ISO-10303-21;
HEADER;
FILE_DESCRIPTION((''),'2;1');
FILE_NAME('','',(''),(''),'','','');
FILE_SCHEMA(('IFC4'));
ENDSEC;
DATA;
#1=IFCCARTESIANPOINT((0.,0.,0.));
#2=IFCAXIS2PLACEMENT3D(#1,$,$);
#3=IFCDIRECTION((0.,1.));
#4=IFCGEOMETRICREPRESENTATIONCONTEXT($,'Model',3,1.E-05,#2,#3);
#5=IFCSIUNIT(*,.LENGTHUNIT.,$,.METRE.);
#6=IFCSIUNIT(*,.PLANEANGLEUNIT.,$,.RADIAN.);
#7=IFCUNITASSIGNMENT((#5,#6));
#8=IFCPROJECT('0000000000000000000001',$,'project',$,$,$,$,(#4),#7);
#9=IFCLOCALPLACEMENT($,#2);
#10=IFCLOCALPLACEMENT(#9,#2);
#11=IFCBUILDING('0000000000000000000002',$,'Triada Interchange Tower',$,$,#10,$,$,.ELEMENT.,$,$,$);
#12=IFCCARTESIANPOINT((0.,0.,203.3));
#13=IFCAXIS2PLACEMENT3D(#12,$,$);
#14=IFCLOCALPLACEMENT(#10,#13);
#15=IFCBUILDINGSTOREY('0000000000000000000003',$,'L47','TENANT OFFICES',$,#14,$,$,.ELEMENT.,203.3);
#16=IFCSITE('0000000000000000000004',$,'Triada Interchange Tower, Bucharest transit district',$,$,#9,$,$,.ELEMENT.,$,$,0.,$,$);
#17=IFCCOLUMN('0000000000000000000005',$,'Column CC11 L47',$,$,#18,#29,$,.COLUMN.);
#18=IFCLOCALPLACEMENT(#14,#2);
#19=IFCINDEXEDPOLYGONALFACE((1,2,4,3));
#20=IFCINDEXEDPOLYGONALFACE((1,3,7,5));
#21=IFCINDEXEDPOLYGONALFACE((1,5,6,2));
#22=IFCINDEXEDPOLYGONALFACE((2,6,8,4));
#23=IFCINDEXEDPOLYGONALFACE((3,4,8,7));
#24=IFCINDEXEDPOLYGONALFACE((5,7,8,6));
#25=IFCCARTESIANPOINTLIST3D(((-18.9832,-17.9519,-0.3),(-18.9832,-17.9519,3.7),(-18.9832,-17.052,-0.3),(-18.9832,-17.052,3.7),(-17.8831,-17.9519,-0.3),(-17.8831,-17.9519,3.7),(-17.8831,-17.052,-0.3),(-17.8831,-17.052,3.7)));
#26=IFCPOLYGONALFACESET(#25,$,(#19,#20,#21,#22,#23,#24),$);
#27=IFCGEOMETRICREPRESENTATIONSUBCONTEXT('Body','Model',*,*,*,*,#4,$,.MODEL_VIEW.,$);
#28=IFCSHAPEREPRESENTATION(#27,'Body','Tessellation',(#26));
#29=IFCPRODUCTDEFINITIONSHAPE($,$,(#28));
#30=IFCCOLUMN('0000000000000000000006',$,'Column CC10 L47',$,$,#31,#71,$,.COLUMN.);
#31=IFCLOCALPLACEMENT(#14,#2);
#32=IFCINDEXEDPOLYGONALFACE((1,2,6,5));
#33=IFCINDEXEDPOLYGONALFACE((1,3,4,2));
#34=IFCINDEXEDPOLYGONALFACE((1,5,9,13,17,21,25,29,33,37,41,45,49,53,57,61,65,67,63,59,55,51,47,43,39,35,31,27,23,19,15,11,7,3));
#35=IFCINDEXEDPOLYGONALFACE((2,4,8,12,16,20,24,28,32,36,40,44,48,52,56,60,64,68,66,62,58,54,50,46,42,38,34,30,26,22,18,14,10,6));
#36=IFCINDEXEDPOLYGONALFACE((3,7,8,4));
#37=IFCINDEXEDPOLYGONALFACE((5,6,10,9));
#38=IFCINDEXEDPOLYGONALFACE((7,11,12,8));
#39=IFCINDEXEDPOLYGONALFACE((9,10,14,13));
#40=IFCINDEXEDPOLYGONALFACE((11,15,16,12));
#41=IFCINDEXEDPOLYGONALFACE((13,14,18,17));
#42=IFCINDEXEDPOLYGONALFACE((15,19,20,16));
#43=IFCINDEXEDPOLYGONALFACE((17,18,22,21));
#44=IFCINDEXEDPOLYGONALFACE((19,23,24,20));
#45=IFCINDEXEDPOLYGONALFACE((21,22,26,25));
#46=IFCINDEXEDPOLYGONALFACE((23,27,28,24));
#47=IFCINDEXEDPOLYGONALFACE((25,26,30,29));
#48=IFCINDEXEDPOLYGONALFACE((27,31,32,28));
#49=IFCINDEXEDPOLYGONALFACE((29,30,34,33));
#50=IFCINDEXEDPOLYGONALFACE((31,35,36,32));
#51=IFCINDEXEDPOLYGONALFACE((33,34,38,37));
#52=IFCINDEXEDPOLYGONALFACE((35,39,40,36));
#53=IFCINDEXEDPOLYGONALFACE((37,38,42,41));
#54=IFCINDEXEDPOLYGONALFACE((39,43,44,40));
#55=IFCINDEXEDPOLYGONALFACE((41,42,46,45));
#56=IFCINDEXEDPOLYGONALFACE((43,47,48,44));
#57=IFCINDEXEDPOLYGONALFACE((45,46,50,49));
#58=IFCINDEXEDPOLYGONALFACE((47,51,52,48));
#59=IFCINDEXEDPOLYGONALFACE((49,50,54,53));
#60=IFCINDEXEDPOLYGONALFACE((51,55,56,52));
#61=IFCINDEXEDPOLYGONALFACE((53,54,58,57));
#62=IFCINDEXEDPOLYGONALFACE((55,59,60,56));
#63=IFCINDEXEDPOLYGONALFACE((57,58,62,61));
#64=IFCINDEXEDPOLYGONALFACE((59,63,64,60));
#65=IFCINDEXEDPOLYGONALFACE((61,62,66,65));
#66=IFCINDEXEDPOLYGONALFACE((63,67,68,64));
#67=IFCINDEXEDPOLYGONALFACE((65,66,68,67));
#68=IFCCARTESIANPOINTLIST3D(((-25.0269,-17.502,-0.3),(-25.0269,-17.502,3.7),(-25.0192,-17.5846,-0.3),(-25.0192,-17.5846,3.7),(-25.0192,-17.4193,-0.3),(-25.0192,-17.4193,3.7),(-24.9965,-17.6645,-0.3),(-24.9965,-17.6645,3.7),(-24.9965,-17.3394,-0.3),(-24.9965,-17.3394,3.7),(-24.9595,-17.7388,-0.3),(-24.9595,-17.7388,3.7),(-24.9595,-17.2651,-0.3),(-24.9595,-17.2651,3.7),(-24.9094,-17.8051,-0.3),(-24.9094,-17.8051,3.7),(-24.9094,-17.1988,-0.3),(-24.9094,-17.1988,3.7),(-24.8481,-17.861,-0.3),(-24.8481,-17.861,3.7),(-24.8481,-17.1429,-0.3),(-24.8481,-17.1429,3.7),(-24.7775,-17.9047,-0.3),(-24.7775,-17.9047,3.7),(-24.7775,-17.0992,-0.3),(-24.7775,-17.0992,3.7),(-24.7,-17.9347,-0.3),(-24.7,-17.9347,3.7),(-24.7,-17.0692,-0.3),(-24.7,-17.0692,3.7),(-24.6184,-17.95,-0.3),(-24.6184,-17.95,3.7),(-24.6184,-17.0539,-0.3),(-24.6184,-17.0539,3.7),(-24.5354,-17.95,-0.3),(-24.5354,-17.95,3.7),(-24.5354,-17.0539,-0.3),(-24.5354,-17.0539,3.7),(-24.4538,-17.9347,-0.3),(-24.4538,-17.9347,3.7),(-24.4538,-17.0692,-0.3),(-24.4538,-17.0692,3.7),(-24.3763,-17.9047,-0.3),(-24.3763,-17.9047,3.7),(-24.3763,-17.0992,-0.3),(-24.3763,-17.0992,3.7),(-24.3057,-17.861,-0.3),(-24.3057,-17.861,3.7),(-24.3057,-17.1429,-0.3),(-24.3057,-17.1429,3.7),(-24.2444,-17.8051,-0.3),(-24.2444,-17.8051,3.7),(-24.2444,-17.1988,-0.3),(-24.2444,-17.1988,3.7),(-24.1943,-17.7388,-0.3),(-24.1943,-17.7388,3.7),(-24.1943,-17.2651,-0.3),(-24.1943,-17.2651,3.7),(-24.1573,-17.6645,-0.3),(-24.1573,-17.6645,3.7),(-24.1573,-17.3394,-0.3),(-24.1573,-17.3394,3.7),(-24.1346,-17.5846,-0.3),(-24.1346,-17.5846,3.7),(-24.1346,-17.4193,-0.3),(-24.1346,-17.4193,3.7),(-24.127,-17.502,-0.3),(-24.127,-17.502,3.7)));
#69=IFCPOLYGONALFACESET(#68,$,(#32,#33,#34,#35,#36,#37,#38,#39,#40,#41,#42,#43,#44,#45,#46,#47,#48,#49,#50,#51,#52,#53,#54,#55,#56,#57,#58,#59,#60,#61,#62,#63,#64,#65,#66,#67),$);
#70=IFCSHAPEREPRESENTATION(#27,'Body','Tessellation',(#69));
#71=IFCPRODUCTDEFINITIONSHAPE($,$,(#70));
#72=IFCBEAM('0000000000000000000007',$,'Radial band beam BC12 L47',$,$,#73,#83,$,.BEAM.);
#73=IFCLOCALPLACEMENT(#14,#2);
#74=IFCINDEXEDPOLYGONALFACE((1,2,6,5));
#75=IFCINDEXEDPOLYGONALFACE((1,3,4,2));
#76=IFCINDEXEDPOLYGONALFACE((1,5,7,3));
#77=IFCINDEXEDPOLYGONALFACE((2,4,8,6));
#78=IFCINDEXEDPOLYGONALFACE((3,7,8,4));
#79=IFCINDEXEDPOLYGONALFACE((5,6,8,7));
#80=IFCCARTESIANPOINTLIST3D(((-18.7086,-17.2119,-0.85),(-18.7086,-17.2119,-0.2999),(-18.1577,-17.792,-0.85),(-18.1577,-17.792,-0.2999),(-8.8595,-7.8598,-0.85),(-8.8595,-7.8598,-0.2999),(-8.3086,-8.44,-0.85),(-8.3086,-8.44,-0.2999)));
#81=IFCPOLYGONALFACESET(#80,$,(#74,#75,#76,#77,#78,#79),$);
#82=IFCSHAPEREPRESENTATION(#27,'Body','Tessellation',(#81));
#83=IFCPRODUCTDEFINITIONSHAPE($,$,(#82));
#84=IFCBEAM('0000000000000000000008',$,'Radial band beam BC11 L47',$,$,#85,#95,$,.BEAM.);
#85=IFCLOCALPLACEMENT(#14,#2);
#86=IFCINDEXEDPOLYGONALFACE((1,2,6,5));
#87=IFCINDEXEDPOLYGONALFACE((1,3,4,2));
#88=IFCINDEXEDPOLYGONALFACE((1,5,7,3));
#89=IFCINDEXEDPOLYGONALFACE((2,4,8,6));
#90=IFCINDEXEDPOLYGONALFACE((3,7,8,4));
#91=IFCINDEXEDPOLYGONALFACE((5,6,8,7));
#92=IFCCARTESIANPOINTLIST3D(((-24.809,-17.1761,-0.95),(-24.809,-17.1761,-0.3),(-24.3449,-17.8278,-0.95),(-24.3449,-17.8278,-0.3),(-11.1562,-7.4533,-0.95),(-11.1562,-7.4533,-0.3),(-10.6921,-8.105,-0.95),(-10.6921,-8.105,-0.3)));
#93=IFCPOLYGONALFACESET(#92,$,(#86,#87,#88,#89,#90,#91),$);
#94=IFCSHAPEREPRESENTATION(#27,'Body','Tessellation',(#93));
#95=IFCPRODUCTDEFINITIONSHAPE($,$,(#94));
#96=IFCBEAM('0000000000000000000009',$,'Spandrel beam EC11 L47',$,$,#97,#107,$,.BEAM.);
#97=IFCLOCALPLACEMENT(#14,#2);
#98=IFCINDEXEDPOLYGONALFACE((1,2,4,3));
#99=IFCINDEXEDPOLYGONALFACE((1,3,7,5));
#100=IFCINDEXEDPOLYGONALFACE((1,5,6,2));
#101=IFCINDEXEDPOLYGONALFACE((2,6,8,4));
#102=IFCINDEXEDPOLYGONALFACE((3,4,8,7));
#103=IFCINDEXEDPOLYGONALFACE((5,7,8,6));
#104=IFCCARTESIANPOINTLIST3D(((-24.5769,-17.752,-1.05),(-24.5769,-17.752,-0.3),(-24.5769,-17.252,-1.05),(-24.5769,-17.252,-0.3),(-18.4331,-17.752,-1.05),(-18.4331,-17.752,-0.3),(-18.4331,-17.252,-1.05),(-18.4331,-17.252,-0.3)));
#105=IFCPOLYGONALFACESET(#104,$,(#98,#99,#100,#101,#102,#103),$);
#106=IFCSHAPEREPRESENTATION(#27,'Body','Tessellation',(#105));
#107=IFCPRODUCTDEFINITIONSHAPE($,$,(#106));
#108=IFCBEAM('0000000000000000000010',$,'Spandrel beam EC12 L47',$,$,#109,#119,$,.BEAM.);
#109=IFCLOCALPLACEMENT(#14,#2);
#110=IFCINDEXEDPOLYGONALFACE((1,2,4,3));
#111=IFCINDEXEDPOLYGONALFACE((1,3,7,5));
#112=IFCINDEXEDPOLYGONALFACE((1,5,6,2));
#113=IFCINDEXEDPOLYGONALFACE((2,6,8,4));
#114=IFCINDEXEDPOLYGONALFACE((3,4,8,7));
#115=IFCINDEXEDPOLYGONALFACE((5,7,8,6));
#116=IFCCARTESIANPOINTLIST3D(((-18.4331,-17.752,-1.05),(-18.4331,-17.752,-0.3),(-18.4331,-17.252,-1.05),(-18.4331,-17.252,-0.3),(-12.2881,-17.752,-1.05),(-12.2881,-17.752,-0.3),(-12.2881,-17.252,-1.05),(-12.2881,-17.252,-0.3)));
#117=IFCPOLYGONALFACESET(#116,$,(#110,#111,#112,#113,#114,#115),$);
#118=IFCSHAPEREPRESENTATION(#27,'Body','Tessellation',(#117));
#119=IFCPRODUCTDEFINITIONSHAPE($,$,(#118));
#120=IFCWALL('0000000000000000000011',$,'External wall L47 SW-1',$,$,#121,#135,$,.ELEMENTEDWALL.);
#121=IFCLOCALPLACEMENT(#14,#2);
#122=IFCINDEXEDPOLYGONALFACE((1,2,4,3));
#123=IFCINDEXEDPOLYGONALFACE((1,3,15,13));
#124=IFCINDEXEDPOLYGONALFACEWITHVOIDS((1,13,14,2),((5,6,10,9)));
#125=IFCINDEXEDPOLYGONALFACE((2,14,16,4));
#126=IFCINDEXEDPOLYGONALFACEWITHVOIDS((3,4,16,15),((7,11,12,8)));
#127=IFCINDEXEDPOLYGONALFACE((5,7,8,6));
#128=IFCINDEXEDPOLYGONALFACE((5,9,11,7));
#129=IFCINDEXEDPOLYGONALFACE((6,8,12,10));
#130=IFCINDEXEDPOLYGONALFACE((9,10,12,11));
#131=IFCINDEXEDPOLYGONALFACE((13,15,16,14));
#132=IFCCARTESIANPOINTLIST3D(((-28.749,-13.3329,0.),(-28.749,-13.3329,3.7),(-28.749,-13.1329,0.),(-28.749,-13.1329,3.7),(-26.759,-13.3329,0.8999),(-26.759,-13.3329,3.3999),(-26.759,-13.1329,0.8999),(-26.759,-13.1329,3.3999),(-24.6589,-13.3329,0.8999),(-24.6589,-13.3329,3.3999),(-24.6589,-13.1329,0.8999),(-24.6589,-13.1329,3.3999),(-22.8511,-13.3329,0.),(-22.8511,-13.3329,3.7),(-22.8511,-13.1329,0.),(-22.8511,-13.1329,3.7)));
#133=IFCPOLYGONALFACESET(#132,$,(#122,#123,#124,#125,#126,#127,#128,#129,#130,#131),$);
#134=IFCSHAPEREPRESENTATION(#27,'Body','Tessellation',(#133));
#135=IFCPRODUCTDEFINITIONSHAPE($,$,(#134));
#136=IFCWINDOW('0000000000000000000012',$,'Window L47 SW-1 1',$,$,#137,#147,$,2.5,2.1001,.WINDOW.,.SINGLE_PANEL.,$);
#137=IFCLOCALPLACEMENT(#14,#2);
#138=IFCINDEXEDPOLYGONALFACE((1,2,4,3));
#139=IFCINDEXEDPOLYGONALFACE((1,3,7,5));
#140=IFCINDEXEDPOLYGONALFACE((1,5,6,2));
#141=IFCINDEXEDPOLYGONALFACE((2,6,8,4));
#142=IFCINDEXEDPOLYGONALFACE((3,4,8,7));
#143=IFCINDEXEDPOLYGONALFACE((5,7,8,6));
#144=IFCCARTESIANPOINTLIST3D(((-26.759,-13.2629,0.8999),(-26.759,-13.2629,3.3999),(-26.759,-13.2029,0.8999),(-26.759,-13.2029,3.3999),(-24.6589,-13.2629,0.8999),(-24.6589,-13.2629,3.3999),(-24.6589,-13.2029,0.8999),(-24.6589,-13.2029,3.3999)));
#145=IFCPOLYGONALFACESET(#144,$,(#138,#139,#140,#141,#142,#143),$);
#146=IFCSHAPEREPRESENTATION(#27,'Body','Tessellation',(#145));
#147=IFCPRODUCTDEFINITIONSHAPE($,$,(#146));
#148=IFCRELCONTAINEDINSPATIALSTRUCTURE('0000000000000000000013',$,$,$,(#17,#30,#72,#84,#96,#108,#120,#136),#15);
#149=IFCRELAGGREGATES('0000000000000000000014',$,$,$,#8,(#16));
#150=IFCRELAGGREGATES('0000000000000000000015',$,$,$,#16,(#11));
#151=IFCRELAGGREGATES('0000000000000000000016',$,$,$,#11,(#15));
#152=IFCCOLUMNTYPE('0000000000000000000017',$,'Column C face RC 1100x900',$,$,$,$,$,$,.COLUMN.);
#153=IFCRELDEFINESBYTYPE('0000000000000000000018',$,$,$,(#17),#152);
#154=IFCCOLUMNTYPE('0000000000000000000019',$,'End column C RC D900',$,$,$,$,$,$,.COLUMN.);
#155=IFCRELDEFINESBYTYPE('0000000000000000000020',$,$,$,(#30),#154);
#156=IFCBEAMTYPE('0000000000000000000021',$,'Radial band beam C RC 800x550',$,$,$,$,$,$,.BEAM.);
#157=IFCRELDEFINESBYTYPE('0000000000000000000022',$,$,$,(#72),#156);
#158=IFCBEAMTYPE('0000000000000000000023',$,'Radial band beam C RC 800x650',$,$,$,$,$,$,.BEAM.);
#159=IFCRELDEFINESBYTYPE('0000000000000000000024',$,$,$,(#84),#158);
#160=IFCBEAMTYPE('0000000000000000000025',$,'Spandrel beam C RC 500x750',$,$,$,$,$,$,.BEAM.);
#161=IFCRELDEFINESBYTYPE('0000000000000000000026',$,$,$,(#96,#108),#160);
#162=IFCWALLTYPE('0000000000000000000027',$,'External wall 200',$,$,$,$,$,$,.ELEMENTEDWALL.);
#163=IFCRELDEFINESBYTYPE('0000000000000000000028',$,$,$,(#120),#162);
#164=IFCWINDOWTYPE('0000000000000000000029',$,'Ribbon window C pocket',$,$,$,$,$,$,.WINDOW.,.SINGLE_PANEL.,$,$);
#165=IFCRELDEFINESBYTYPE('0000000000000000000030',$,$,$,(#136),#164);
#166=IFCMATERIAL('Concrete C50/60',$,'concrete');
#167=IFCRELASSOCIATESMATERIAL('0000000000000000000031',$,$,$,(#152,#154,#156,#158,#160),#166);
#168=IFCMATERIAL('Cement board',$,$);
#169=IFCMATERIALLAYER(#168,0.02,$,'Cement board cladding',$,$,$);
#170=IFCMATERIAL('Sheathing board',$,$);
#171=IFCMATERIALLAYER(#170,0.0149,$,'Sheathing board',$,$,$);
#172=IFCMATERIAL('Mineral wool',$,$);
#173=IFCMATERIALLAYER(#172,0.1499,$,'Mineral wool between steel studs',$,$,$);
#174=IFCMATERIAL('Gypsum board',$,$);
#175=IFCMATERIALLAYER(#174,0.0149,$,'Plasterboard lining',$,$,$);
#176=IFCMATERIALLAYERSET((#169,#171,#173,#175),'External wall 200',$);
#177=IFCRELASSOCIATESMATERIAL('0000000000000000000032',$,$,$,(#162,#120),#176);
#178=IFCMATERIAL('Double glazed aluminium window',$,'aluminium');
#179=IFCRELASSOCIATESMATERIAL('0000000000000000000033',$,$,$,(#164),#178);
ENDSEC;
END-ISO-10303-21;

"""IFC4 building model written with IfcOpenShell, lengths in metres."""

from ifc_helpers import new_model, si_unit, direction, frame, frame_2d, origin, origin_2d, place, context, subcontext, project, spatial, rectangle, circle, extrude, material, layer, layer_set, layer_usage, material_profile, profile_set, type_object, element, fill, save


model = new_model("IFC4")

# Units and contexts
model_context = context("Model", 3, precision=1e-05, world=origin(), true_north=direction((0.0, 1.0)))
body_context = subcontext(model_context, "Body", "Model", "MODEL_VIEW")
ifc_project = project(units=[si_unit("LENGTHUNIT", "METRE"), si_unit("PLANEANGLEUNIT", "RADIAN")], contexts=[model_context])

# Site, building, storey
site_placement = place(None, origin())
site = spatial("IfcSite", under=ifc_project, at=site_placement, Name="Triada Interchange Tower, Bucharest transit district", CompositionType="ELEMENT", RefElevation=0.0)
building_placement = place(site_placement, origin())
building = spatial("IfcBuilding", under=site, at=building_placement, Name="Triada Interchange Tower", CompositionType="ELEMENT")
storey_placement = place(building_placement, frame((0.0, 0.0, 203.3)))
storey = spatial("IfcBuildingStorey", under=building, at=storey_placement, Name="L47", Description="TENANT OFFICES", CompositionType="ELEMENT", Elevation=203.3)

# Columns
ifc_material_1 = material(Name="Concrete C50/60", Category="concrete")
ifc_material_profile_1 = material_profile(ifc_material_1, rectangle(XDim=1.1001, YDim=0.8999, at=origin_2d()), Name="RC 1100x900")
ifc_profile_set_1 = profile_set([ifc_material_profile_1], Name="Concrete C50/60")
column_type_1 = type_object("IfcColumnType", Name="Column C face RC 1100x900", PredefinedType="COLUMN", material=ifc_profile_set_1)
column_1_placement = place(storey_placement, frame((-18.4331, -17.502, -0.3), z_axis=(0.0, 0.0, 1.0), x_axis=(1.0, 0.0, 0.0)))
element("IfcColumn", 1, at=column_1_placement, inside=storey, type_object=column_type_1, Name="Column CC11 L47", PredefinedType="COLUMN", context=body_context, shape_type="SweptSolid", body=[
    extrude(rectangle(XDim=1.1001, YDim=0.8999, at=origin_2d()), origin(), (0.0, 0.0, 1.0), 4.0),
])
ifc_material_profile_2 = material_profile(ifc_material_1, circle(Radius=0.45, at=origin_2d()), Name="RC D900")
ifc_profile_set_2 = profile_set([ifc_material_profile_2], Name="Concrete C50/60")
column_type_2 = type_object("IfcColumnType", Name="End column C RC D900", PredefinedType="COLUMN", material=ifc_profile_set_2)
column_2_placement = place(storey_placement, frame((-24.5769, -17.502, -0.3), z_axis=(0.0, 0.0, 1.0), x_axis=(1.0, 0.0, 0.0)))
element("IfcColumn", 2, at=column_2_placement, inside=storey, type_object=column_type_2, Name="Column CC10 L47", PredefinedType="COLUMN", context=body_context, shape_type="SweptSolid", body=[
    extrude(circle(Radius=0.45, at=origin_2d()), origin(), (0.0, 0.0, 1.0), 4.0),
])

# Beams
ifc_material_profile_3 = material_profile(ifc_material_1, rectangle(XDim=0.8, YDim=0.55, at=origin_2d()), Name="RC 800x550")
ifc_profile_set_3 = profile_set([ifc_material_profile_3], Name="Concrete C50/60")
beam_type_1 = type_object("IfcBeamType", Name="Radial band beam C RC 800x550", PredefinedType="BEAM", material=ifc_profile_set_3)
beam_1_placement = place(storey_placement, frame((-18.4331, -17.502, -0.575), z_axis=(0.725169, 0.688571, 0.0), x_axis=(-0.688571, 0.725169, 0.0)))
element("IfcBeam", 3, at=beam_1_placement, inside=storey, type_object=beam_type_1, Name="Radial band beam BC12 L47", PredefinedType="BEAM", context=body_context, shape_type="SweptSolid", body=[
    extrude(rectangle(XDim=0.8, YDim=0.55, at=origin_2d()), origin(), (0.0, 0.0, 1.0), 13.5818),
])
ifc_material_profile_4 = material_profile(ifc_material_1, rectangle(XDim=0.8, YDim=0.6499, at=origin_2d()), Name="RC 800x650")
ifc_profile_set_4 = profile_set([ifc_material_profile_4], Name="Concrete C50/60")
beam_type_2 = type_object("IfcBeamType", Name="Radial band beam C RC 800x650", PredefinedType="BEAM", material=ifc_profile_set_4)
beam_2_placement = place(storey_placement, frame((-24.5769, -17.502, -0.625), z_axis=(0.814554, 0.580087, 0.0), x_axis=(-0.580087, 0.814554, 0.0)))
element("IfcBeam", 4, at=beam_2_placement, inside=storey, type_object=beam_type_2, Name="Radial band beam BC11 L47", PredefinedType="BEAM", context=body_context, shape_type="SweptSolid", body=[
    extrude(rectangle(XDim=0.8, YDim=0.6499, at=origin_2d()), origin(), (0.0, 0.0, 1.0), 16.761),
])
ifc_material_profile_5 = material_profile(ifc_material_1, rectangle(XDim=0.5, YDim=0.75, at=origin_2d()), Name="RC 500x750")
ifc_profile_set_5 = profile_set([ifc_material_profile_5], Name="Concrete C50/60")
beam_type_3 = type_object("IfcBeamType", Name="Spandrel beam C RC 500x750", PredefinedType="BEAM", material=ifc_profile_set_5)
beam_3_placement = place(storey_placement, frame((-24.5769, -17.502, -0.675), z_axis=(1.0, 0.0, 0.0), x_axis=(0.0, 1.0, 0.0)))
element("IfcBeam", 5, at=beam_3_placement, inside=storey, type_object=beam_type_3, Name="Spandrel beam EC11 L47", PredefinedType="BEAM", context=body_context, shape_type="SweptSolid", body=[
    extrude(rectangle(XDim=0.5, YDim=0.75, at=origin_2d()), origin(), (0.0, 0.0, 1.0), 6.1438),
])
beam_4_placement = place(storey_placement, frame((-18.4331, -17.502, -0.675), z_axis=(1.0, 0.0, 0.0), x_axis=(0.0, 1.0, 0.0)))
element("IfcBeam", 6, at=beam_4_placement, inside=storey, type_object=beam_type_3, Name="Spandrel beam EC12 L47", PredefinedType="BEAM", context=body_context, shape_type="SweptSolid", body=[
    extrude(rectangle(XDim=0.5, YDim=0.75, at=origin_2d()), origin(), (0.0, 0.0, 1.0), 6.145),
])

# Wall, opening, window
ifc_material_2 = material(Name="Cement board")
ifc_layer_1 = layer(ifc_material_2, 0.02, Name="Cement board cladding")
ifc_material_3 = material(Name="Sheathing board")
ifc_layer_2 = layer(ifc_material_3, 0.0149, Name="Sheathing board")
ifc_material_4 = material(Name="Mineral wool")
ifc_layer_3 = layer(ifc_material_4, 0.1499, Name="Mineral wool between steel studs")
ifc_material_5 = material(Name="Gypsum board")
ifc_layer_4 = layer(ifc_material_5, 0.0149, Name="Plasterboard lining")
ifc_layer_set_1 = layer_set([ifc_layer_1, ifc_layer_2, ifc_layer_3, ifc_layer_4], Name="External wall 200")
ifc_layer_usage = layer_usage(ifc_layer_set_1, "AXIS2", "POSITIVE", -0.1001)
wall_type_1 = type_object("IfcWallType", Name="External wall 200", PredefinedType="ELEMENTEDWALL", material=ifc_layer_set_1)
wall_1_placement = place(storey_placement, frame((-28.749, -13.2329, 0.0), z_axis=(0.0, 0.0, 1.0), x_axis=(1.0, 0.0, 0.0)))
wall_1 = element("IfcWall", 7, at=wall_1_placement, inside=storey, type_object=wall_type_1, material=ifc_layer_usage, Name="External wall L47 SW-1", PredefinedType="ELEMENTEDWALL", context=body_context, shape_type="SweptSolid", body=[
    extrude(rectangle(XDim=5.8979, YDim=0.2, at=frame_2d((2.949, 0.0))), origin(), (0.0, 0.0, 1.0), 3.7),
])
opening_1_placement = place(wall_1_placement, frame((1.99, 0.0, 0.8999)))
opening_1 = element("IfcOpeningElement", 8, at=opening_1_placement, cuts=wall_1, PredefinedType="OPENING", context=body_context, shape_type="SweptSolid", body=[
    extrude(rectangle(XDim=2.1001, YDim=2.5, at=frame_2d((1.05, 1.25))), frame((0.0, 0.1099, 0.0), z_axis=(0.0, -1.0, 0.0), x_axis=(1.0, 0.0, 0.0)), (0.0, 0.0, 1.0), 0.22),
])
ifc_material_6 = material(Name="Double glazed aluminium window", Category="aluminium")
window_type_1 = type_object("IfcWindowType", Name="Ribbon window C pocket", PartitioningType="SINGLE_PANEL", PredefinedType="WINDOW", material=ifc_material_6)
window_1_placement = place(opening_1_placement, origin())
window_1 = element("IfcWindow", 9, at=window_1_placement, inside=storey, type_object=window_type_1, Name="Window L47 SW-1 1", OverallHeight=2.5, OverallWidth=2.1001, PartitioningType="SINGLE_PANEL", PredefinedType="WINDOW", context=body_context, shape_type="SweptSolid", body=[
    extrude(rectangle(XDim=2.1001, YDim=2.5, at=frame_2d((1.05, 1.25))), frame((0.0, 0.03, 0.0), z_axis=(0.0, -1.0, 0.0), x_axis=(1.0, 0.0, 0.0)), (0.0, 0.0, 1.0), 0.0601),
])
fill(opening_1, window_1)

save(model, "model.ifc")
